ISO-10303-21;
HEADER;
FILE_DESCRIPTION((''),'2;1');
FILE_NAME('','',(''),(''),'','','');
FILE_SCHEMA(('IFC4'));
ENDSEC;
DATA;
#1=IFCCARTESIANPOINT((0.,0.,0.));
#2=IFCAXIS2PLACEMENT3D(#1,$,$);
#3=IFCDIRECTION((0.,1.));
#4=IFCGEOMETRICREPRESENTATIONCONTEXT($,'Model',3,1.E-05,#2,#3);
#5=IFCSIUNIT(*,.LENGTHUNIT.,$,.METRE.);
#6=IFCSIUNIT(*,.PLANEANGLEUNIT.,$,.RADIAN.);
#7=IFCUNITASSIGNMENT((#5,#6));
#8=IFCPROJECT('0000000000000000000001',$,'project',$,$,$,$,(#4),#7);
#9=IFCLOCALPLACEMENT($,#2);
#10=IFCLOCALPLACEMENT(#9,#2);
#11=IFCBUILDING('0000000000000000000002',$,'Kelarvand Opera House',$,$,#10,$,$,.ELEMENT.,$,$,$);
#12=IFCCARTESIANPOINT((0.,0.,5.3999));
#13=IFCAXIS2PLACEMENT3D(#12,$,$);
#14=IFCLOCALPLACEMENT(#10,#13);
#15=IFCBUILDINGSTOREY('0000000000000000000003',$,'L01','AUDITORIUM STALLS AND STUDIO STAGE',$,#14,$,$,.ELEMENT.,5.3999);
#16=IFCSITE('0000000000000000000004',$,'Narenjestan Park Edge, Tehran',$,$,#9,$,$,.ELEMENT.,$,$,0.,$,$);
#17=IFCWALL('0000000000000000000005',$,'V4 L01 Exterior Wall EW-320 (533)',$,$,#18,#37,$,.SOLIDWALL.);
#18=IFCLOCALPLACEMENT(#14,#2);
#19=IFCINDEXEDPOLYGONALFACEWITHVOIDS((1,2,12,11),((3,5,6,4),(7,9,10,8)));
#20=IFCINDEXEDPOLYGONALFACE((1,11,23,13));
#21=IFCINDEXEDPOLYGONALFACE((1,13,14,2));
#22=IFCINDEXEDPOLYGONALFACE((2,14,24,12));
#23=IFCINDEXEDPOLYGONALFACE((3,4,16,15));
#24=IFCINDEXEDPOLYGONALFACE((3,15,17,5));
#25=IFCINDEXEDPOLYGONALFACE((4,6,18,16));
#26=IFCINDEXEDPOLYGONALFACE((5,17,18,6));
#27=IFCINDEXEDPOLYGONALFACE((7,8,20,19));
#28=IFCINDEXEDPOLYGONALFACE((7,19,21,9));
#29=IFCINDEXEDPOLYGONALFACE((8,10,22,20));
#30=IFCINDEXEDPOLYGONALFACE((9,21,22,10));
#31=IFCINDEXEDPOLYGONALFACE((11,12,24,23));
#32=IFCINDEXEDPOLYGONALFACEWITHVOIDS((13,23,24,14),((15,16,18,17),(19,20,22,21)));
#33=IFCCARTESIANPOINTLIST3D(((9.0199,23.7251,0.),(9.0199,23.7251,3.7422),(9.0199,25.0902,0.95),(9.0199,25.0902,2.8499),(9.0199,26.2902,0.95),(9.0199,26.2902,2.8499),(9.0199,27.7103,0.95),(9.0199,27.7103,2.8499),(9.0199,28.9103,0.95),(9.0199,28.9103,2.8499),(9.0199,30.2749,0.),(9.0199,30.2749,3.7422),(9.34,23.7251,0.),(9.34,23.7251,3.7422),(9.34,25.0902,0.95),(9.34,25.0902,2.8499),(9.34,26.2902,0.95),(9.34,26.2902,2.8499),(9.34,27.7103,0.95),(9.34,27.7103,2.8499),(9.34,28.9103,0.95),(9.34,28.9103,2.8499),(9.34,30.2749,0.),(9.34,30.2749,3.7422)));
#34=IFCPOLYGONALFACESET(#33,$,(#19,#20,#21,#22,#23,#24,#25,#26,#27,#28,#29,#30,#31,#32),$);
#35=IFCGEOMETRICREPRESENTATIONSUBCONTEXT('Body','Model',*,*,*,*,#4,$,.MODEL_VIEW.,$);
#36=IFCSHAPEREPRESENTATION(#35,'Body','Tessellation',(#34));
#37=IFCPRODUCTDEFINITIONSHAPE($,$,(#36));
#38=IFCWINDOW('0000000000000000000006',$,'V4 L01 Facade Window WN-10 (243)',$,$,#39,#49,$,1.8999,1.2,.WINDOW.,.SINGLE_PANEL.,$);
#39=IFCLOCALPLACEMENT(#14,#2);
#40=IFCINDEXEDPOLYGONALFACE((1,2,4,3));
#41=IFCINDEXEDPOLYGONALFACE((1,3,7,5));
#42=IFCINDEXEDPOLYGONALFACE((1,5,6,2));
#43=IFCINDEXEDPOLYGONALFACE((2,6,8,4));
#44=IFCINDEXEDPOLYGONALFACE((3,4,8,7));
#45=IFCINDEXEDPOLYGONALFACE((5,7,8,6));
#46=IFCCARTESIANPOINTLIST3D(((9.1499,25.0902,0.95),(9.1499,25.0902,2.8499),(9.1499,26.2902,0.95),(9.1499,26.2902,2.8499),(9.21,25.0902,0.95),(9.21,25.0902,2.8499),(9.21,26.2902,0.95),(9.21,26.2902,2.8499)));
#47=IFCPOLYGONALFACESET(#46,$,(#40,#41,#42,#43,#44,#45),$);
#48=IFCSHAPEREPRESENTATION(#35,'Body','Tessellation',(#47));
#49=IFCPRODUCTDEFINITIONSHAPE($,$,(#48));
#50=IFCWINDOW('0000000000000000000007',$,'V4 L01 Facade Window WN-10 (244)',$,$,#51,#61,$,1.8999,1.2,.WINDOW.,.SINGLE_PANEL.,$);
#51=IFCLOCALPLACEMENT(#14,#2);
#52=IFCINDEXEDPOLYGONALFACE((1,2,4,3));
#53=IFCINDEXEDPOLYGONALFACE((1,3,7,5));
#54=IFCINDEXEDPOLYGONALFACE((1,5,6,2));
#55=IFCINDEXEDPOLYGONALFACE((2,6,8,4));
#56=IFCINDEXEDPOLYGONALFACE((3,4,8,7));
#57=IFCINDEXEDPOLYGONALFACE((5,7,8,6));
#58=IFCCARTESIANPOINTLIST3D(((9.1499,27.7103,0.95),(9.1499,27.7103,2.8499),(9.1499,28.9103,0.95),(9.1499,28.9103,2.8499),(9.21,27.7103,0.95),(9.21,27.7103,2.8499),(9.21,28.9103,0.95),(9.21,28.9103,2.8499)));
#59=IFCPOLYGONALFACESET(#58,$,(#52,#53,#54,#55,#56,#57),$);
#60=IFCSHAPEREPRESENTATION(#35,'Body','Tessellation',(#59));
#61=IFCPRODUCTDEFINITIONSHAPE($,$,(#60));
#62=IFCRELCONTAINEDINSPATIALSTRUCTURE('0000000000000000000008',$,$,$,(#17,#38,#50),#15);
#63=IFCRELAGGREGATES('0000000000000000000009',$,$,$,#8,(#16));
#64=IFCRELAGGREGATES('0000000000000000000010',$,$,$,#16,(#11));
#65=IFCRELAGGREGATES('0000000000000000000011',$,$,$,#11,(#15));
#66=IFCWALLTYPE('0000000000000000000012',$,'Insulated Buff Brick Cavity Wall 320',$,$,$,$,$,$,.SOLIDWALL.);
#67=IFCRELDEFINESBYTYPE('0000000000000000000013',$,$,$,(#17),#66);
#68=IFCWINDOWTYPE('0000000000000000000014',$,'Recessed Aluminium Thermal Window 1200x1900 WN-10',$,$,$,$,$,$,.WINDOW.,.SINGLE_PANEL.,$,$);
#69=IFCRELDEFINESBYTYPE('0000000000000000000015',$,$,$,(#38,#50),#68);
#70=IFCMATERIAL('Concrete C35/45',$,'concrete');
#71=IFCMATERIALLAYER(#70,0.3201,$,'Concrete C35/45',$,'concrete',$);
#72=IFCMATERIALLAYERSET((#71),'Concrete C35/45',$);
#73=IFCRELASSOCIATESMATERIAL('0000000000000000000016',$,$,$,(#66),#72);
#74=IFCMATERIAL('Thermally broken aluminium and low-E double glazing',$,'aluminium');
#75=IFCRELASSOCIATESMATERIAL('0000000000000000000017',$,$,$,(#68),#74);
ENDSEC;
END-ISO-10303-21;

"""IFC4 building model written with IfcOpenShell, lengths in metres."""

from ifc_helpers import new_model, si_unit, direction, frame, frame_2d, origin, place, context, subcontext, project, spatial, rectangle, extrude, material, layer, layer_set, type_object, element, fill, save


model = new_model("IFC4")

# Units and contexts
model_context = context("Model", 3, precision=1e-05, world=origin(), true_north=direction((0.0, 1.0)))
body_context = subcontext(model_context, "Body", "Model", "MODEL_VIEW")
ifc_project = project(units=[si_unit("LENGTHUNIT", "METRE"), si_unit("PLANEANGLEUNIT", "RADIAN")], contexts=[model_context])

# Site, building, storey
site_placement = place(None, origin())
site = spatial("IfcSite", under=ifc_project, at=site_placement, Name="Narenjestan Park Edge, Tehran", CompositionType="ELEMENT", RefElevation=0.0)
building_placement = place(site_placement, origin())
building = spatial("IfcBuilding", under=site, at=building_placement, Name="Kelarvand Opera House", CompositionType="ELEMENT")
storey_placement = place(building_placement, frame((0.0, 0.0, 5.3999)))
storey = spatial("IfcBuildingStorey", under=building, at=storey_placement, Name="L01", Description="AUDITORIUM STALLS AND STUDIO STAGE", CompositionType="ELEMENT", Elevation=5.3999)

# Wall, openings, windows
ifc_material_1 = material(Name="Concrete C35/45", Category="concrete")
ifc_layer_1 = layer(ifc_material_1, 0.3201, Name="Concrete C35/45", Category="concrete")
ifc_layer_set_1 = layer_set([ifc_layer_1], Name="Concrete C35/45")
wall_type = type_object("IfcWallType", Name="Insulated Buff Brick Cavity Wall 320", PredefinedType="SOLIDWALL", material=ifc_layer_set_1)
wall_placement = place(storey_placement, frame((9.1799, 23.7251, 0.0), z_axis=(0.0, 0.0, 1.0), x_axis=(0.0, 1.0, 0.0)))
wall = element("IfcWall", 1, at=wall_placement, inside=storey, type_object=wall_type, Name="V4 L01 Exterior Wall EW-320 (533)", PredefinedType="SOLIDWALL", context=body_context, shape_type="SweptSolid", body=[
    extrude(rectangle(XDim=6.5498, YDim=0.3201, at=frame_2d((3.2749, 0.0))), origin(), (0.0, 0.0, 1.0), 3.7422),
])
opening_1_placement = place(wall_placement, frame((1.365, 0.0, 0.95)))
opening_1 = element("IfcOpeningElement", 2, at=opening_1_placement, cuts=wall, PredefinedType="OPENING", context=body_context, shape_type="SweptSolid", body=[
    extrude(rectangle(XDim=1.2, YDim=1.8999, at=frame_2d((0.6001, 0.95))), frame((0.0, 0.1699, 0.0), z_axis=(0.0, -1.0, 0.0), x_axis=(1.0, 0.0, 0.0)), (0.0, 0.0, 1.0), 0.3401),
])
opening_2_placement = place(wall_placement, frame((3.9851, 0.0, 0.95)))
opening_2 = element("IfcOpeningElement", 3, at=opening_2_placement, cuts=wall, PredefinedType="OPENING", context=body_context, shape_type="SweptSolid", body=[
    extrude(rectangle(XDim=1.2, YDim=1.8999, at=frame_2d((0.6001, 0.95))), frame((0.0, 0.1699, 0.0), z_axis=(0.0, -1.0, 0.0), x_axis=(1.0, 0.0, 0.0)), (0.0, 0.0, 1.0), 0.3401),
])
ifc_material_2 = material(Name="Thermally broken aluminium and low-E double glazing", Category="aluminium")
window_type = type_object("IfcWindowType", Name="Recessed Aluminium Thermal Window 1200x1900 WN-10", PartitioningType="SINGLE_PANEL", PredefinedType="WINDOW", material=ifc_material_2)
window_1_placement = place(opening_1_placement, origin())
window_1 = element("IfcWindow", 4, at=window_1_placement, inside=storey, type_object=window_type, Name="V4 L01 Facade Window WN-10 (243)", OverallHeight=1.8999, OverallWidth=1.2, PartitioningType="SINGLE_PANEL", PredefinedType="WINDOW", context=body_context, shape_type="SweptSolid", body=[
    extrude(rectangle(XDim=1.2, YDim=1.8999, at=frame_2d((0.6001, 0.95))), frame((0.0, 0.03, 0.0), z_axis=(0.0, -1.0, 0.0), x_axis=(1.0, 0.0, 0.0)), (0.0, 0.0, 1.0), 0.0601),
])
fill(opening_1, window_1)
window_2_placement = place(opening_2_placement, origin())
window_2 = element("IfcWindow", 5, at=window_2_placement, inside=storey, type_object=window_type, Name="V4 L01 Facade Window WN-10 (244)", OverallHeight=1.8999, OverallWidth=1.2, PartitioningType="SINGLE_PANEL", PredefinedType="WINDOW", context=body_context, shape_type="SweptSolid", body=[
    extrude(rectangle(XDim=1.2, YDim=1.8999, at=frame_2d((0.6001, 0.95))), frame((0.0, 0.03, 0.0), z_axis=(0.0, -1.0, 0.0), x_axis=(1.0, 0.0, 0.0)), (0.0, 0.0, 1.0), 0.0601),
])
fill(opening_2, window_2)

save(model, "model.ifc")
